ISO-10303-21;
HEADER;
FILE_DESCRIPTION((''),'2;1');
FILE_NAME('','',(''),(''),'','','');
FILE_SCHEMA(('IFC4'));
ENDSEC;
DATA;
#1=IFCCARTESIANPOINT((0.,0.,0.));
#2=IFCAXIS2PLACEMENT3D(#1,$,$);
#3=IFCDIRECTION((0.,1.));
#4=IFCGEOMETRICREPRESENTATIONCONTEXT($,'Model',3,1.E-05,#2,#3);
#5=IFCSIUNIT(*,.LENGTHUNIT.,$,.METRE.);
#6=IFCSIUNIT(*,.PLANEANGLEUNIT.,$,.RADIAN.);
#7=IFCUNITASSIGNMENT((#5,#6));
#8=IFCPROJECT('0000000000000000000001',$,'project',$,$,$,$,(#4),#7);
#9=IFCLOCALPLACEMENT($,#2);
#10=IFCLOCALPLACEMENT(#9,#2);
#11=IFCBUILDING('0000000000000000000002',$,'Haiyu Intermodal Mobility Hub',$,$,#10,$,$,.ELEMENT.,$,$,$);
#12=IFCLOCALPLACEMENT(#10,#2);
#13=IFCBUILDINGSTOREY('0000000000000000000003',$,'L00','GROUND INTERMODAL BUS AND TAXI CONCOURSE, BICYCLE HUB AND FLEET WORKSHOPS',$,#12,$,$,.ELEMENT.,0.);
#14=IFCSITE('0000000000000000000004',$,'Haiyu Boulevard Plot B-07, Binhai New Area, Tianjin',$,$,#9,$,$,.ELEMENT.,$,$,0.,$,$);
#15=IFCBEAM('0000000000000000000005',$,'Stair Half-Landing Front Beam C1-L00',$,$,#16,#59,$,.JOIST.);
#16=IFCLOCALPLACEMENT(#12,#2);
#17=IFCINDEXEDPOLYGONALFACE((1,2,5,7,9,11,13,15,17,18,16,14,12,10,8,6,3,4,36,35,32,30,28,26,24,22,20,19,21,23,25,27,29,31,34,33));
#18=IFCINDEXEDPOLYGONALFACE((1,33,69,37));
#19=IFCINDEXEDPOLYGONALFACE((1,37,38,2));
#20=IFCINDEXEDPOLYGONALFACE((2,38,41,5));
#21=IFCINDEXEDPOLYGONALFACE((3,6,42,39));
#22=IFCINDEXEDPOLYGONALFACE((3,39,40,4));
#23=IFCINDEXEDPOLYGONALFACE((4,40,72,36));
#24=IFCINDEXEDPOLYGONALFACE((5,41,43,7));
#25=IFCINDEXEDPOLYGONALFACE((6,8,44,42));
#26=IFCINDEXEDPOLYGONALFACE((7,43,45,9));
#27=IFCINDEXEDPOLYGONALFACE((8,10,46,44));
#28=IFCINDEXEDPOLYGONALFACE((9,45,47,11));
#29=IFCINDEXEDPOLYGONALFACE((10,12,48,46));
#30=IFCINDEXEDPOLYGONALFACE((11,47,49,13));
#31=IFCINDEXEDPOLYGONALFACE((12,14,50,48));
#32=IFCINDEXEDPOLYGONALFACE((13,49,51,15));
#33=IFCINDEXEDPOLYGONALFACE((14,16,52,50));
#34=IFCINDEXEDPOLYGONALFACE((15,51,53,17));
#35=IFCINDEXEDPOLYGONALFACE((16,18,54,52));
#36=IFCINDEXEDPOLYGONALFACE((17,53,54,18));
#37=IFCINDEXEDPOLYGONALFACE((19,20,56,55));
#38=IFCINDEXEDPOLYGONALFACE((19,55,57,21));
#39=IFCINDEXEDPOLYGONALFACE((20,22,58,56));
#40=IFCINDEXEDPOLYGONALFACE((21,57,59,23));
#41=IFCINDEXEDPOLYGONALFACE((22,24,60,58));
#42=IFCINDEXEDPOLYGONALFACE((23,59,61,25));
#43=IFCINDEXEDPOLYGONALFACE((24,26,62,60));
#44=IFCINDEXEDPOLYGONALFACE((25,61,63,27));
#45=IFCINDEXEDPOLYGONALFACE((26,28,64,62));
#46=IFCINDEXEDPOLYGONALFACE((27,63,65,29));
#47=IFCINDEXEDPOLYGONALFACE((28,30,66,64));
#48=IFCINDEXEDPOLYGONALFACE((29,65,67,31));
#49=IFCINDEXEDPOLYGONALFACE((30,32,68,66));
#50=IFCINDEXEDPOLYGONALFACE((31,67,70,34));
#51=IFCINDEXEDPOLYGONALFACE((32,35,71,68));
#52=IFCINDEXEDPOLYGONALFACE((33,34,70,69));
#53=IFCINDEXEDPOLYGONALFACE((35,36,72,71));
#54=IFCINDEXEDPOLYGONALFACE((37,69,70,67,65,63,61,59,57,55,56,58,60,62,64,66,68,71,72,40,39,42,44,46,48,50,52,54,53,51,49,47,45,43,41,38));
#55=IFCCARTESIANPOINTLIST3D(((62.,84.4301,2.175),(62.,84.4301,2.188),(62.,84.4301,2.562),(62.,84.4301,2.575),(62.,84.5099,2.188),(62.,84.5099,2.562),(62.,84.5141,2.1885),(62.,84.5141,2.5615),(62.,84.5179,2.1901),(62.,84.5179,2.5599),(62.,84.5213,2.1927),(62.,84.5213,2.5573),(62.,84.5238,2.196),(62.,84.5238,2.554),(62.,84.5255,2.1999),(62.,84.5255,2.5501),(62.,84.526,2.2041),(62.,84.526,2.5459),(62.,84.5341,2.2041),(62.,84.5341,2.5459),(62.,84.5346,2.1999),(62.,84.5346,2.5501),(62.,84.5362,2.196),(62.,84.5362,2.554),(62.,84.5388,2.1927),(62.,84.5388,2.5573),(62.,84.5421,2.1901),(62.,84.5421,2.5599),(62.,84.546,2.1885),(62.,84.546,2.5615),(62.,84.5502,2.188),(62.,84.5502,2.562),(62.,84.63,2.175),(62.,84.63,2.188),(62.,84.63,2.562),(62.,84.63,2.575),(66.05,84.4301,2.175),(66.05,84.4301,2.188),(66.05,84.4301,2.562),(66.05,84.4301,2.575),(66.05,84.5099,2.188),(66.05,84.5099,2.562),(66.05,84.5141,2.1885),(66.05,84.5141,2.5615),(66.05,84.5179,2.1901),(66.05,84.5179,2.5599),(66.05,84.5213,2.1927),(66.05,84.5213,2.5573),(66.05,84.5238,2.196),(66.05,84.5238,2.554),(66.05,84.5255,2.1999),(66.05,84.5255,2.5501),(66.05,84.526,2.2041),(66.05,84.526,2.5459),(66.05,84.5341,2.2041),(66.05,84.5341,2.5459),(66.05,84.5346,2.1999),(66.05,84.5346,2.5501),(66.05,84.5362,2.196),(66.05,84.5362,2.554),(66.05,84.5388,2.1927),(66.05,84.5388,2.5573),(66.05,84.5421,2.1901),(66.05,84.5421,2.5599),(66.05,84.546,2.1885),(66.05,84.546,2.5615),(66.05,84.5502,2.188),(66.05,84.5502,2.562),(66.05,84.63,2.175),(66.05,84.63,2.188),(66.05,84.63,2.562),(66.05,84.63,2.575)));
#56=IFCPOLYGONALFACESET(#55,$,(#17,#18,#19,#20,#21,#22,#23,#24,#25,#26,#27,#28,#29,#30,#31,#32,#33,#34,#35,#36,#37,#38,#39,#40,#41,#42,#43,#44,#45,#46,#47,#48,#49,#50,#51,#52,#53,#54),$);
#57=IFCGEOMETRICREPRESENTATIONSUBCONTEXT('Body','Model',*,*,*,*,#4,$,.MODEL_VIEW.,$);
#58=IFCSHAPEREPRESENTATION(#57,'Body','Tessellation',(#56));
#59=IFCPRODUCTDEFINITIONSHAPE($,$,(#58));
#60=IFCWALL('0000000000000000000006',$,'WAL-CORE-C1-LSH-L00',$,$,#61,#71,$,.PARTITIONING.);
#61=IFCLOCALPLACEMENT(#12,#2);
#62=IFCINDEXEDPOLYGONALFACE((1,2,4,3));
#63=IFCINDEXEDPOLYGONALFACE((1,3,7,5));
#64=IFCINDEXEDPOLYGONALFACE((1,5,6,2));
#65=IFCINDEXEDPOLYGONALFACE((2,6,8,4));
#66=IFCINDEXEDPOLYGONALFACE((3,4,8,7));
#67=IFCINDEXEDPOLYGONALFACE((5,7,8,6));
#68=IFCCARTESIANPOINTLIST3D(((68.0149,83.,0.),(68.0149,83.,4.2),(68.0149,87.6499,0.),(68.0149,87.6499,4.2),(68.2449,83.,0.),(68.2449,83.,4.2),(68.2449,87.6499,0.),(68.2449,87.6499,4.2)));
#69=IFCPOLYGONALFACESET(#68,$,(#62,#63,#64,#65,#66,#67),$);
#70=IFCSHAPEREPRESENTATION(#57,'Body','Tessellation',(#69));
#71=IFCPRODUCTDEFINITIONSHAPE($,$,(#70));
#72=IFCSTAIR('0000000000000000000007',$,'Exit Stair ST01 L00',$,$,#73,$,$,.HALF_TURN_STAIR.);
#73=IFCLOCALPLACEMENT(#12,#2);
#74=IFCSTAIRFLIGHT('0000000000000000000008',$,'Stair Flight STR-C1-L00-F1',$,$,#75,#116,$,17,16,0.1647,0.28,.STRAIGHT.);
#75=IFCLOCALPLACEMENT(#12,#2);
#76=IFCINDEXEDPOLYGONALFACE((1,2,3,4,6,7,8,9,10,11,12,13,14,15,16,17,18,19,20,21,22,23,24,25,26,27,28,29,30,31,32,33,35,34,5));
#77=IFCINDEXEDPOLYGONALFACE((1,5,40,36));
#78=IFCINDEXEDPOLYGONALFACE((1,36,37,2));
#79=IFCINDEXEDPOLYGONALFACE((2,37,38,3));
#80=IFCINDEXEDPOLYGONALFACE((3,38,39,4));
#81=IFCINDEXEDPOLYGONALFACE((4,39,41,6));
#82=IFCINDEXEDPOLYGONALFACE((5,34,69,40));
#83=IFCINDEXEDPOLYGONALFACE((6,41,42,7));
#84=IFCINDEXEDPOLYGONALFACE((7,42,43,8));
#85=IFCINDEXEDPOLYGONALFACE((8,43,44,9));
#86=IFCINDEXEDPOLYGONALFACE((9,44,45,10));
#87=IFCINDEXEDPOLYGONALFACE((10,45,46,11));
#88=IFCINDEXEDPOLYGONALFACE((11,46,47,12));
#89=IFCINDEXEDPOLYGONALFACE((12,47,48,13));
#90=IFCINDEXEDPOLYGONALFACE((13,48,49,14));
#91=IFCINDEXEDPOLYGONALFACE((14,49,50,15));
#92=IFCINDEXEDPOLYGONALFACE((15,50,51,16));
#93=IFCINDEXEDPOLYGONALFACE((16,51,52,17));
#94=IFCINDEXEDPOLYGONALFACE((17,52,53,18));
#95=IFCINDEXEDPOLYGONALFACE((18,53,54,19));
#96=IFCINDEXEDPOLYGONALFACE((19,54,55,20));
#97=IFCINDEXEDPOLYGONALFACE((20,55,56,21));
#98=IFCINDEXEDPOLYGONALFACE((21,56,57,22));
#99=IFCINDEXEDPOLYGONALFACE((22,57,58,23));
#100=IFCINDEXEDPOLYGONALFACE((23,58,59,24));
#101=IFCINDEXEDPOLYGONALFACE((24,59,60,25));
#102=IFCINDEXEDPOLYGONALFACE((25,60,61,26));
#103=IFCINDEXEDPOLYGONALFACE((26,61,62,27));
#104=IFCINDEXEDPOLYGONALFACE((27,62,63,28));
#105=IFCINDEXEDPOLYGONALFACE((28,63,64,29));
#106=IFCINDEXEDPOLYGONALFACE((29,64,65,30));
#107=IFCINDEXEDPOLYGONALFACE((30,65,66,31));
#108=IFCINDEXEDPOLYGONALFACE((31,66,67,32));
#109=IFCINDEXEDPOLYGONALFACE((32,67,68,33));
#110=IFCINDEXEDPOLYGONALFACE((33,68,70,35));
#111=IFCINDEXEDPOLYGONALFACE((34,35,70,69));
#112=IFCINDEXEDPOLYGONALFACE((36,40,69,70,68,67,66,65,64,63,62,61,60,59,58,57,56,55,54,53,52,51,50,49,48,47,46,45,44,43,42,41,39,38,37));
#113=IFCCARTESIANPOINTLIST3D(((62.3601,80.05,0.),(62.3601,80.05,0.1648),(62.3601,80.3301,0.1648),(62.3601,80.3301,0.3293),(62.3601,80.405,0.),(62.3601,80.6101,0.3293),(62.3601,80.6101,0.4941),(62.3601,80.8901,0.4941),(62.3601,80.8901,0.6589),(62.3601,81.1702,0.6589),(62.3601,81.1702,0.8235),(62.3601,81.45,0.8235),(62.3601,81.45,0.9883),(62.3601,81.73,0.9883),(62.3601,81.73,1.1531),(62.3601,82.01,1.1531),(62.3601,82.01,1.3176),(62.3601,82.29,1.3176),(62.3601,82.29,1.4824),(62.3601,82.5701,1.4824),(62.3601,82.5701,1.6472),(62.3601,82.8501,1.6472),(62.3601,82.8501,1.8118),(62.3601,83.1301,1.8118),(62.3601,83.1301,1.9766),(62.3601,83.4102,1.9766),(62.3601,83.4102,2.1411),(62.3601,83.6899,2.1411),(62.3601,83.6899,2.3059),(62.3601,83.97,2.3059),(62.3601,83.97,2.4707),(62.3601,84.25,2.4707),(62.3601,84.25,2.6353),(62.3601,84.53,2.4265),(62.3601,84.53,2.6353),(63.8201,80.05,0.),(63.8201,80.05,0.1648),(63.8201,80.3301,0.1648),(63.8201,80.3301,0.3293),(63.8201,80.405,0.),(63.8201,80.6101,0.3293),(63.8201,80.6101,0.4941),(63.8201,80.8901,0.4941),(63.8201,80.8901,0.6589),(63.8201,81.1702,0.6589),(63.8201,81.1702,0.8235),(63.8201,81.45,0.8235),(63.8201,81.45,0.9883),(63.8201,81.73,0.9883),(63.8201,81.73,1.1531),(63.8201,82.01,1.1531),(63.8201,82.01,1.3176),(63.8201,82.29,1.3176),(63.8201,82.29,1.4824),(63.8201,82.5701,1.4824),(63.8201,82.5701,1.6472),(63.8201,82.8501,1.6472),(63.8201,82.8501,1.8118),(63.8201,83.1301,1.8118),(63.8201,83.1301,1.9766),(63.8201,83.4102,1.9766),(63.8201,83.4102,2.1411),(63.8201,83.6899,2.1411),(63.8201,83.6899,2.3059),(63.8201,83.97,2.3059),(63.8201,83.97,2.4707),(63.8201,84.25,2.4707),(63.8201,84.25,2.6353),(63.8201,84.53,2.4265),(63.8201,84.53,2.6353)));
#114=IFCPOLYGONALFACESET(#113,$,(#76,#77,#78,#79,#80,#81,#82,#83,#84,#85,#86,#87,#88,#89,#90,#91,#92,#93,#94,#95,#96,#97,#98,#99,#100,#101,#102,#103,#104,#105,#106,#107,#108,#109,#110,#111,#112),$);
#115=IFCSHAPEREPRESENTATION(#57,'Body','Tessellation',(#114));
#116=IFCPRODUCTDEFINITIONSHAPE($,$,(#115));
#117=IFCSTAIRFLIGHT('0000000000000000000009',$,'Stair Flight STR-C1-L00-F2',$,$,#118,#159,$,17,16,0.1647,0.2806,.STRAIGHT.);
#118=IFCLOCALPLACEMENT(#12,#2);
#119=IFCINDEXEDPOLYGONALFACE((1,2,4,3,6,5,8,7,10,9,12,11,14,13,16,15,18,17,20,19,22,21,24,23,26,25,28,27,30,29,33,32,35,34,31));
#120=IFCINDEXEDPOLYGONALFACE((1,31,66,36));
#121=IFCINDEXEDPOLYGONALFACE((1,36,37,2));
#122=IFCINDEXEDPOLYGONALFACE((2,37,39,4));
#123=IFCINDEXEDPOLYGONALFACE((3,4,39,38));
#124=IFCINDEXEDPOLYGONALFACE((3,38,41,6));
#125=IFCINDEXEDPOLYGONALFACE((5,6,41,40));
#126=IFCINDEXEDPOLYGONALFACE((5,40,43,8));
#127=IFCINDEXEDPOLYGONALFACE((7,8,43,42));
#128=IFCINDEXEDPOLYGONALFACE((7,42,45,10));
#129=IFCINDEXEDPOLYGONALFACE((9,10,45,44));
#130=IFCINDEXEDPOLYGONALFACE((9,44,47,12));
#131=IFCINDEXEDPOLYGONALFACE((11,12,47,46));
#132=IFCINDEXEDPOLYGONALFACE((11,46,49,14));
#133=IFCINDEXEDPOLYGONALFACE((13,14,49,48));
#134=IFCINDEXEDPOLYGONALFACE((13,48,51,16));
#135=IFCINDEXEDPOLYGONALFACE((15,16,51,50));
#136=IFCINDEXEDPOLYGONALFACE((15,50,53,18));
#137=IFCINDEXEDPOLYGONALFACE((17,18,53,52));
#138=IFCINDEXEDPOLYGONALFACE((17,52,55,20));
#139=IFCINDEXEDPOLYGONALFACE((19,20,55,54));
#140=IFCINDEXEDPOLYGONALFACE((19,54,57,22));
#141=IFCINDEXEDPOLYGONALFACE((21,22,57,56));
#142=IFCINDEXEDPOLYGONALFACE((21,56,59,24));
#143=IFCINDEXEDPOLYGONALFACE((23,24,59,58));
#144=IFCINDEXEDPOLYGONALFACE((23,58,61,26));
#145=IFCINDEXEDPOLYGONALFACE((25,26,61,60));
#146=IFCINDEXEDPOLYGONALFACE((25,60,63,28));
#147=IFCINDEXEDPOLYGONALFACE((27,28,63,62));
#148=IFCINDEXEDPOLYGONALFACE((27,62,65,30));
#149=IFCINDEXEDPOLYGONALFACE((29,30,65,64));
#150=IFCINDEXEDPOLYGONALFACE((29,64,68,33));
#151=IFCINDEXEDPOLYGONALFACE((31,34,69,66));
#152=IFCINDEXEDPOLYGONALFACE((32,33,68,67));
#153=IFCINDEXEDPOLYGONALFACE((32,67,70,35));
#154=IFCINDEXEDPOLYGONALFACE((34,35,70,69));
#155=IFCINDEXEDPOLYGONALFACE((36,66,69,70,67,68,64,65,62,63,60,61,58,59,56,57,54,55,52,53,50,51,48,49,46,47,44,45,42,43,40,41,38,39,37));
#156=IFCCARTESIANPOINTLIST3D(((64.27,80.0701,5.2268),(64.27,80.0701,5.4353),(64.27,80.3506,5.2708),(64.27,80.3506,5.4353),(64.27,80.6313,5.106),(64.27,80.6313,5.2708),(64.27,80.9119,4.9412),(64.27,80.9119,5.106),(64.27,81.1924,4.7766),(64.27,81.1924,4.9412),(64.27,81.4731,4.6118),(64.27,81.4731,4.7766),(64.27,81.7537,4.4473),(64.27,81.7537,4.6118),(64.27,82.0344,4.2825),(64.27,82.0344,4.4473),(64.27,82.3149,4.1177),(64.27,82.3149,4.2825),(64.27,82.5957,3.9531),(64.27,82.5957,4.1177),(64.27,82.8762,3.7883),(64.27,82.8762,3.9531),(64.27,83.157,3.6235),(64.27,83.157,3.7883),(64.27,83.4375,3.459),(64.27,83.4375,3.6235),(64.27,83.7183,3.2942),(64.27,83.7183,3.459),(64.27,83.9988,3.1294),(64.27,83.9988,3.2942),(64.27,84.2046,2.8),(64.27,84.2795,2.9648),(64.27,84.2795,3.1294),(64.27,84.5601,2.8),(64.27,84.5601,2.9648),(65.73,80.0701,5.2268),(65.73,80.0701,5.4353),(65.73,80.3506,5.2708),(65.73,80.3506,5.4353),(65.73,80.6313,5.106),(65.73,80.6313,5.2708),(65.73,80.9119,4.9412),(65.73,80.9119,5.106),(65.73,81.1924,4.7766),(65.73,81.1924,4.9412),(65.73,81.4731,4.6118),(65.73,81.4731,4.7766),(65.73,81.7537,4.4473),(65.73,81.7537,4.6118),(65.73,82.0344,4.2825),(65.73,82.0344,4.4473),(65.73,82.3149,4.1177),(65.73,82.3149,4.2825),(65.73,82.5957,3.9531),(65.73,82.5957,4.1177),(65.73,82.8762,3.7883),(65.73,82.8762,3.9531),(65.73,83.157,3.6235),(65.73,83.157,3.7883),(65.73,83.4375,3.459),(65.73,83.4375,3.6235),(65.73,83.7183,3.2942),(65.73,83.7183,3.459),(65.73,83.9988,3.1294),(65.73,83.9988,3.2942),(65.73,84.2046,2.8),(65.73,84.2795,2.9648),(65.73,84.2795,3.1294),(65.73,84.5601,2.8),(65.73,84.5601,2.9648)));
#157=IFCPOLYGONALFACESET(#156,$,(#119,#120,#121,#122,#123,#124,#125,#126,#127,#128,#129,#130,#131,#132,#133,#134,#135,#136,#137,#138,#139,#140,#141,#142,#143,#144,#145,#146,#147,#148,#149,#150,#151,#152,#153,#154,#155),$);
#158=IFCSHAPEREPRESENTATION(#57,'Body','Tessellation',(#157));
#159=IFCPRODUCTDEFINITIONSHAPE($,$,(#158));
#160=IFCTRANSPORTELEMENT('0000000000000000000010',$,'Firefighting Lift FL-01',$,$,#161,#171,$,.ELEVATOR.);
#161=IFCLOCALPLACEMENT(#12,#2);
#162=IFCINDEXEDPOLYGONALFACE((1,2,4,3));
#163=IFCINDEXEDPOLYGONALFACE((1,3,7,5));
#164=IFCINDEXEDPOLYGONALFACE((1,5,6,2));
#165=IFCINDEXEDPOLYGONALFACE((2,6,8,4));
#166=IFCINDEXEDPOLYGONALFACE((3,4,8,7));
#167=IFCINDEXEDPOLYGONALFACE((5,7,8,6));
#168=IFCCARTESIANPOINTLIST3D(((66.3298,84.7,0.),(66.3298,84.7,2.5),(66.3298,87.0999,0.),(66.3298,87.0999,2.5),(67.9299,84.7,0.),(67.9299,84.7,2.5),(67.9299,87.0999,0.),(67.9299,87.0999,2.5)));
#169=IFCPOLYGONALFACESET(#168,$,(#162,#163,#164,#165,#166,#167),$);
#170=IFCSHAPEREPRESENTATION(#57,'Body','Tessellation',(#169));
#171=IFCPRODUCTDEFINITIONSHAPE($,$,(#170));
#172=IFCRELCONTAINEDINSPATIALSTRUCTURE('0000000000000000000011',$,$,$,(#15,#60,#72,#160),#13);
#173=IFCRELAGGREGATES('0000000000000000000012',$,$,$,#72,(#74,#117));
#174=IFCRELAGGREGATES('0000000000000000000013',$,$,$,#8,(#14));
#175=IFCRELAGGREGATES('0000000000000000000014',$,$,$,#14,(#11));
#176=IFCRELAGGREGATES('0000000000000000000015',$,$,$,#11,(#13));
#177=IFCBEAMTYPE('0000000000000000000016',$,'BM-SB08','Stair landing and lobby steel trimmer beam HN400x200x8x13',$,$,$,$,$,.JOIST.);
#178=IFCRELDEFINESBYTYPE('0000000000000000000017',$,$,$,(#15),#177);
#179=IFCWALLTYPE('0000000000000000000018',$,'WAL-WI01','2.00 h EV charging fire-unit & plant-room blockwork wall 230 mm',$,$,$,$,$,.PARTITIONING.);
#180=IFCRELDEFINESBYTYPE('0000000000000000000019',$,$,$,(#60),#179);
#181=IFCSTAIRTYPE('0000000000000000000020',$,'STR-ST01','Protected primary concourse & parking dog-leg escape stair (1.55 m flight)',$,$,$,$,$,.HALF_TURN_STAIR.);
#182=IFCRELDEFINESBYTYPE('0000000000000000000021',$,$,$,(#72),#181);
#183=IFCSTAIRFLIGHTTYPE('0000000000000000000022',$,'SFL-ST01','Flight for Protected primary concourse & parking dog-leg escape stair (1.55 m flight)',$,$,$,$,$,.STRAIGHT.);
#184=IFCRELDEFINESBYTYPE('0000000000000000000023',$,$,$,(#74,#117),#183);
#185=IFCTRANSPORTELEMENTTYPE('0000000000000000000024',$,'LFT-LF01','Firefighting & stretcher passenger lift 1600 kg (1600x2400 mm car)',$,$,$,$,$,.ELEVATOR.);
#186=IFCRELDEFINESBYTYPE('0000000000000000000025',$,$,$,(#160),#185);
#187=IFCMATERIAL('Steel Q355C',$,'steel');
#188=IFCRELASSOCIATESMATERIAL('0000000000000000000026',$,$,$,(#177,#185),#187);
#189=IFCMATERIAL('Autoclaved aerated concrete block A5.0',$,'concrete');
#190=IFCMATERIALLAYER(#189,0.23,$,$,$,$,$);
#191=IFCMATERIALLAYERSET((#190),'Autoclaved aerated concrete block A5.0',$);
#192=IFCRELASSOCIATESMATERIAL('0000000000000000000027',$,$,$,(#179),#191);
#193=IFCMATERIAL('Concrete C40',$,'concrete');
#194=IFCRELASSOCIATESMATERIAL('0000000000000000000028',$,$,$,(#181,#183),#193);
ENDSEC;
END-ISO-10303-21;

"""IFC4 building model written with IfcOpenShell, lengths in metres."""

from ifc_helpers import new_model, si_unit, direction, frame, frame_2d, origin, origin_2d, place, context, subcontext, project, spatial, polyline, rectangle, i_section, outline, extrude, material, layer, layer_set, material_profile, profile_set, type_object, element, aggregate, save


model = new_model("IFC4")

# Units and contexts
model_context = context("Model", 3, precision=1e-05, world=origin(), true_north=direction((0.0, 1.0)))
body_context = subcontext(model_context, "Body", "Model", "MODEL_VIEW")
ifc_project = project(units=[si_unit("LENGTHUNIT", "METRE"), si_unit("PLANEANGLEUNIT", "RADIAN")], contexts=[model_context])

# Site, building, storey
site_placement = place(None, origin())
site = spatial("IfcSite", under=ifc_project, at=site_placement, Name="Haiyu Boulevard Plot B-07, Binhai New Area, Tianjin", CompositionType="ELEMENT", RefElevation=0.0)
building_placement = place(site_placement, origin())
building = spatial("IfcBuilding", under=site, at=building_placement, Name="Haiyu Intermodal Mobility Hub", CompositionType="ELEMENT")
storey_placement = place(building_placement, origin())
storey = spatial("IfcBuildingStorey", under=building, at=storey_placement, Name="L00", Description="GROUND INTERMODAL BUS AND TAXI CONCOURSE, BICYCLE HUB AND FLEET WORKSHOPS", CompositionType="ELEMENT", Elevation=0.0)

# Shared definitions
ifc_material_1 = material(Name="Concrete C40", Category="concrete")

# Beam
ifc_material_2 = material(Name="Steel Q355C", Category="steel")
ifc_material_profile_1 = material_profile(ifc_material_2, i_section(OverallWidth=0.2, OverallDepth=0.3999, WebThickness=0.0081, FlangeThickness=0.0129, FilletRadius=0.0161, at=origin_2d()), Name="HN400x200x8x13")
ifc_profile_set_1 = profile_set([ifc_material_profile_1], Name="Steel Q355C")
beam_type = type_object("IfcBeamType", Name="BM-SB08", Description="Stair landing and lobby steel trimmer beam HN400x200x8x13", PredefinedType="JOIST", material=ifc_profile_set_1)
beam_placement = place(storey_placement, frame((62.0, 84.53, 2.375), z_axis=(1.0, 0.0, 0.0), x_axis=(0.0, 1.0, 0.0)))
element("IfcBeam", 1, at=beam_placement, inside=storey, type_object=beam_type, Name="Stair Half-Landing Front Beam C1-L00", PredefinedType="JOIST", context=body_context, shape_type="SweptSolid", body=[
    extrude(i_section(OverallWidth=0.2, OverallDepth=0.3999, WebThickness=0.0081, FlangeThickness=0.0129, FilletRadius=0.0161, at=origin_2d()), origin(), (0.0, 0.0, 1.0), 4.05),
])

# Wall
ifc_material_3 = material(Name="Autoclaved aerated concrete block A5.0", Category="concrete")
ifc_layer_1 = layer(ifc_material_3, 0.23)
ifc_layer_set_1 = layer_set([ifc_layer_1], Name="Autoclaved aerated concrete block A5.0")
wall_type = type_object("IfcWallType", Name="WAL-WI01", Description="2.00 h EV charging fire-unit & plant-room blockwork wall 230 mm", PredefinedType="PARTITIONING", material=ifc_layer_set_1)
wall_1_placement = place(storey_placement, frame((68.1299, 83.0, 0.0), z_axis=(0.0, 0.0, 1.0), x_axis=(0.0, 1.0, 0.0)))
element("IfcWall", 2, at=wall_1_placement, inside=storey, type_object=wall_type, Name="WAL-CORE-C1-LSH-L00", PredefinedType="PARTITIONING", context=body_context, shape_type="SweptSolid", body=[
    extrude(rectangle(XDim=4.6499, YDim=0.23, at=frame_2d((2.325, 0.0))), origin(), (0.0, 0.0, 1.0), 4.2),
])

# Stair, stair flights
stair_type = type_object("IfcStairType", Name="STR-ST01", Description="Protected primary concourse & parking dog-leg escape stair (1.55 m flight)", PredefinedType="HALF_TURN_STAIR", material=ifc_material_1)
stair_placement = place(storey_placement, origin())
stair = element("IfcStair", 3, at=stair_placement, inside=storey, type_object=stair_type, Name="Exit Stair ST01 L00", PredefinedType="HALF_TURN_STAIR")
stair_flight_type = type_object("IfcStairFlightType", Name="SFL-ST01", Description="Flight for Protected primary concourse & parking dog-leg escape stair (1.55 m flight)", PredefinedType="STRAIGHT", material=ifc_material_1)
stair_flight_1_placement = place(storey_placement, frame((63.0901, 80.05, 0.0), z_axis=(0.0, 0.0, 1.0), x_axis=(0.0, 1.0, 0.0)))
stair_flight_1 = element("IfcStairFlight", 4, at=stair_flight_1_placement, type_object=stair_flight_type, Name="Stair Flight STR-C1-L00-F1", NumberOfRisers=17, NumberOfTreads=16, PredefinedType="STRAIGHT", RiserHeight=0.1647, TreadLength=0.28, context=body_context, shape_type="SweptSolid", body=[
    extrude(outline(polyline([(0.0, 0.0), (0.0, 0.1648), (0.28, 0.1648), (0.28, 0.3293), (0.5601, 0.3293), (0.5601, 0.4941), (0.8401, 0.4941), (0.8401, 0.6589), (1.1201, 0.6589), (1.1201, 0.8235), (1.3999, 0.8235), (1.3999, 0.9883), (1.6799, 0.9883), (1.6799, 1.1531), (1.96, 1.1531), (1.96, 1.3176), (2.24, 1.3176), (2.24, 1.4824), (2.52, 1.4824), (2.52, 1.6472), (2.8, 1.6472), (2.8, 1.8118), (3.0801, 1.8118), (3.0801, 1.9766), (3.3601, 1.9766), (3.3601, 2.1411), (3.6399, 2.1411), (3.6399, 2.3059), (3.9199, 2.3059), (3.9199, 2.4707), (4.2, 2.4707), (4.2, 2.6353), (4.48, 2.6353), (4.48, 2.8), (4.48, 2.4265), (0.355, 0.0), (0.0, 0.0)])), frame((0.0, 0.73, 0.0), z_axis=(0.0, -1.0, 0.0), x_axis=(1.0, 0.0, 0.0)), (0.0, 0.0, 1.0), 1.46),
])
stair_flight_2_placement = place(storey_placement, frame((65.0, 84.5601, 2.8), z_axis=(0.0, 0.0, 1.0), x_axis=(0.0, -1.0, 0.0)))
stair_flight_2 = element("IfcStairFlight", 5, at=stair_flight_2_placement, type_object=stair_flight_type, Name="Stair Flight STR-C1-L00-F2", NumberOfRisers=17, NumberOfTreads=16, PredefinedType="STRAIGHT", RiserHeight=0.1647, TreadLength=0.2806, context=body_context, shape_type="SweptSolid", body=[
    extrude(outline(polyline([(0.0, 0.0), (0.0, 0.1648), (0.2805, 0.1648), (0.2805, 0.3293), (0.5613, 0.3293), (0.5613, 0.4941), (0.8418, 0.4941), (0.8418, 0.6589), (1.1226, 0.6589), (1.1226, 0.8235), (1.4031, 0.8235), (1.4031, 0.9883), (1.6838, 0.9883), (1.6838, 1.1531), (1.9644, 1.1531), (1.9644, 1.3176), (2.2451, 1.3176), (2.2451, 1.4824), (2.5256, 1.4824), (2.5256, 1.6472), (2.8064, 1.6472), (2.8064, 1.8118), (3.0869, 1.8118), (3.0869, 1.9766), (3.3677, 1.9766), (3.3677, 2.1411), (3.6482, 2.1411), (3.6482, 2.3059), (3.9287, 2.3059), (3.9287, 2.4707), (4.2095, 2.4707), (4.2095, 2.6353), (4.49, 2.6353), (4.49, 2.8), (4.49, 2.4268), (0.3555, 0.0), (0.0, 0.0)])), frame((0.0, 0.73, 0.0), z_axis=(0.0, -1.0, 0.0), x_axis=(1.0, 0.0, 0.0)), (0.0, 0.0, 1.0), 1.46),
])
aggregate(stair, [stair_flight_1, stair_flight_2])

# Transport element
transport_element_type = type_object("IfcTransportElementType", Name="LFT-LF01", Description="Firefighting & stretcher passenger lift 1600 kg (1600x2400 mm car)", PredefinedType="ELEVATOR", material=ifc_material_2)
transport_element_placement = place(storey_placement, frame((67.1299, 85.8999, 0.0), z_axis=(0.0, 0.0, 1.0), x_axis=(1.0, 0.0, 0.0)))
element("IfcTransportElement", 6, at=transport_element_placement, inside=storey, type_object=transport_element_type, Name="Firefighting Lift FL-01", PredefinedType="ELEVATOR", context=body_context, shape_type="SweptSolid", body=[
    extrude(rectangle(XDim=1.6001, YDim=2.3999, at=origin_2d()), origin(), (0.0, 0.0, 1.0), 2.5),
])

save(model, "model.ifc")
